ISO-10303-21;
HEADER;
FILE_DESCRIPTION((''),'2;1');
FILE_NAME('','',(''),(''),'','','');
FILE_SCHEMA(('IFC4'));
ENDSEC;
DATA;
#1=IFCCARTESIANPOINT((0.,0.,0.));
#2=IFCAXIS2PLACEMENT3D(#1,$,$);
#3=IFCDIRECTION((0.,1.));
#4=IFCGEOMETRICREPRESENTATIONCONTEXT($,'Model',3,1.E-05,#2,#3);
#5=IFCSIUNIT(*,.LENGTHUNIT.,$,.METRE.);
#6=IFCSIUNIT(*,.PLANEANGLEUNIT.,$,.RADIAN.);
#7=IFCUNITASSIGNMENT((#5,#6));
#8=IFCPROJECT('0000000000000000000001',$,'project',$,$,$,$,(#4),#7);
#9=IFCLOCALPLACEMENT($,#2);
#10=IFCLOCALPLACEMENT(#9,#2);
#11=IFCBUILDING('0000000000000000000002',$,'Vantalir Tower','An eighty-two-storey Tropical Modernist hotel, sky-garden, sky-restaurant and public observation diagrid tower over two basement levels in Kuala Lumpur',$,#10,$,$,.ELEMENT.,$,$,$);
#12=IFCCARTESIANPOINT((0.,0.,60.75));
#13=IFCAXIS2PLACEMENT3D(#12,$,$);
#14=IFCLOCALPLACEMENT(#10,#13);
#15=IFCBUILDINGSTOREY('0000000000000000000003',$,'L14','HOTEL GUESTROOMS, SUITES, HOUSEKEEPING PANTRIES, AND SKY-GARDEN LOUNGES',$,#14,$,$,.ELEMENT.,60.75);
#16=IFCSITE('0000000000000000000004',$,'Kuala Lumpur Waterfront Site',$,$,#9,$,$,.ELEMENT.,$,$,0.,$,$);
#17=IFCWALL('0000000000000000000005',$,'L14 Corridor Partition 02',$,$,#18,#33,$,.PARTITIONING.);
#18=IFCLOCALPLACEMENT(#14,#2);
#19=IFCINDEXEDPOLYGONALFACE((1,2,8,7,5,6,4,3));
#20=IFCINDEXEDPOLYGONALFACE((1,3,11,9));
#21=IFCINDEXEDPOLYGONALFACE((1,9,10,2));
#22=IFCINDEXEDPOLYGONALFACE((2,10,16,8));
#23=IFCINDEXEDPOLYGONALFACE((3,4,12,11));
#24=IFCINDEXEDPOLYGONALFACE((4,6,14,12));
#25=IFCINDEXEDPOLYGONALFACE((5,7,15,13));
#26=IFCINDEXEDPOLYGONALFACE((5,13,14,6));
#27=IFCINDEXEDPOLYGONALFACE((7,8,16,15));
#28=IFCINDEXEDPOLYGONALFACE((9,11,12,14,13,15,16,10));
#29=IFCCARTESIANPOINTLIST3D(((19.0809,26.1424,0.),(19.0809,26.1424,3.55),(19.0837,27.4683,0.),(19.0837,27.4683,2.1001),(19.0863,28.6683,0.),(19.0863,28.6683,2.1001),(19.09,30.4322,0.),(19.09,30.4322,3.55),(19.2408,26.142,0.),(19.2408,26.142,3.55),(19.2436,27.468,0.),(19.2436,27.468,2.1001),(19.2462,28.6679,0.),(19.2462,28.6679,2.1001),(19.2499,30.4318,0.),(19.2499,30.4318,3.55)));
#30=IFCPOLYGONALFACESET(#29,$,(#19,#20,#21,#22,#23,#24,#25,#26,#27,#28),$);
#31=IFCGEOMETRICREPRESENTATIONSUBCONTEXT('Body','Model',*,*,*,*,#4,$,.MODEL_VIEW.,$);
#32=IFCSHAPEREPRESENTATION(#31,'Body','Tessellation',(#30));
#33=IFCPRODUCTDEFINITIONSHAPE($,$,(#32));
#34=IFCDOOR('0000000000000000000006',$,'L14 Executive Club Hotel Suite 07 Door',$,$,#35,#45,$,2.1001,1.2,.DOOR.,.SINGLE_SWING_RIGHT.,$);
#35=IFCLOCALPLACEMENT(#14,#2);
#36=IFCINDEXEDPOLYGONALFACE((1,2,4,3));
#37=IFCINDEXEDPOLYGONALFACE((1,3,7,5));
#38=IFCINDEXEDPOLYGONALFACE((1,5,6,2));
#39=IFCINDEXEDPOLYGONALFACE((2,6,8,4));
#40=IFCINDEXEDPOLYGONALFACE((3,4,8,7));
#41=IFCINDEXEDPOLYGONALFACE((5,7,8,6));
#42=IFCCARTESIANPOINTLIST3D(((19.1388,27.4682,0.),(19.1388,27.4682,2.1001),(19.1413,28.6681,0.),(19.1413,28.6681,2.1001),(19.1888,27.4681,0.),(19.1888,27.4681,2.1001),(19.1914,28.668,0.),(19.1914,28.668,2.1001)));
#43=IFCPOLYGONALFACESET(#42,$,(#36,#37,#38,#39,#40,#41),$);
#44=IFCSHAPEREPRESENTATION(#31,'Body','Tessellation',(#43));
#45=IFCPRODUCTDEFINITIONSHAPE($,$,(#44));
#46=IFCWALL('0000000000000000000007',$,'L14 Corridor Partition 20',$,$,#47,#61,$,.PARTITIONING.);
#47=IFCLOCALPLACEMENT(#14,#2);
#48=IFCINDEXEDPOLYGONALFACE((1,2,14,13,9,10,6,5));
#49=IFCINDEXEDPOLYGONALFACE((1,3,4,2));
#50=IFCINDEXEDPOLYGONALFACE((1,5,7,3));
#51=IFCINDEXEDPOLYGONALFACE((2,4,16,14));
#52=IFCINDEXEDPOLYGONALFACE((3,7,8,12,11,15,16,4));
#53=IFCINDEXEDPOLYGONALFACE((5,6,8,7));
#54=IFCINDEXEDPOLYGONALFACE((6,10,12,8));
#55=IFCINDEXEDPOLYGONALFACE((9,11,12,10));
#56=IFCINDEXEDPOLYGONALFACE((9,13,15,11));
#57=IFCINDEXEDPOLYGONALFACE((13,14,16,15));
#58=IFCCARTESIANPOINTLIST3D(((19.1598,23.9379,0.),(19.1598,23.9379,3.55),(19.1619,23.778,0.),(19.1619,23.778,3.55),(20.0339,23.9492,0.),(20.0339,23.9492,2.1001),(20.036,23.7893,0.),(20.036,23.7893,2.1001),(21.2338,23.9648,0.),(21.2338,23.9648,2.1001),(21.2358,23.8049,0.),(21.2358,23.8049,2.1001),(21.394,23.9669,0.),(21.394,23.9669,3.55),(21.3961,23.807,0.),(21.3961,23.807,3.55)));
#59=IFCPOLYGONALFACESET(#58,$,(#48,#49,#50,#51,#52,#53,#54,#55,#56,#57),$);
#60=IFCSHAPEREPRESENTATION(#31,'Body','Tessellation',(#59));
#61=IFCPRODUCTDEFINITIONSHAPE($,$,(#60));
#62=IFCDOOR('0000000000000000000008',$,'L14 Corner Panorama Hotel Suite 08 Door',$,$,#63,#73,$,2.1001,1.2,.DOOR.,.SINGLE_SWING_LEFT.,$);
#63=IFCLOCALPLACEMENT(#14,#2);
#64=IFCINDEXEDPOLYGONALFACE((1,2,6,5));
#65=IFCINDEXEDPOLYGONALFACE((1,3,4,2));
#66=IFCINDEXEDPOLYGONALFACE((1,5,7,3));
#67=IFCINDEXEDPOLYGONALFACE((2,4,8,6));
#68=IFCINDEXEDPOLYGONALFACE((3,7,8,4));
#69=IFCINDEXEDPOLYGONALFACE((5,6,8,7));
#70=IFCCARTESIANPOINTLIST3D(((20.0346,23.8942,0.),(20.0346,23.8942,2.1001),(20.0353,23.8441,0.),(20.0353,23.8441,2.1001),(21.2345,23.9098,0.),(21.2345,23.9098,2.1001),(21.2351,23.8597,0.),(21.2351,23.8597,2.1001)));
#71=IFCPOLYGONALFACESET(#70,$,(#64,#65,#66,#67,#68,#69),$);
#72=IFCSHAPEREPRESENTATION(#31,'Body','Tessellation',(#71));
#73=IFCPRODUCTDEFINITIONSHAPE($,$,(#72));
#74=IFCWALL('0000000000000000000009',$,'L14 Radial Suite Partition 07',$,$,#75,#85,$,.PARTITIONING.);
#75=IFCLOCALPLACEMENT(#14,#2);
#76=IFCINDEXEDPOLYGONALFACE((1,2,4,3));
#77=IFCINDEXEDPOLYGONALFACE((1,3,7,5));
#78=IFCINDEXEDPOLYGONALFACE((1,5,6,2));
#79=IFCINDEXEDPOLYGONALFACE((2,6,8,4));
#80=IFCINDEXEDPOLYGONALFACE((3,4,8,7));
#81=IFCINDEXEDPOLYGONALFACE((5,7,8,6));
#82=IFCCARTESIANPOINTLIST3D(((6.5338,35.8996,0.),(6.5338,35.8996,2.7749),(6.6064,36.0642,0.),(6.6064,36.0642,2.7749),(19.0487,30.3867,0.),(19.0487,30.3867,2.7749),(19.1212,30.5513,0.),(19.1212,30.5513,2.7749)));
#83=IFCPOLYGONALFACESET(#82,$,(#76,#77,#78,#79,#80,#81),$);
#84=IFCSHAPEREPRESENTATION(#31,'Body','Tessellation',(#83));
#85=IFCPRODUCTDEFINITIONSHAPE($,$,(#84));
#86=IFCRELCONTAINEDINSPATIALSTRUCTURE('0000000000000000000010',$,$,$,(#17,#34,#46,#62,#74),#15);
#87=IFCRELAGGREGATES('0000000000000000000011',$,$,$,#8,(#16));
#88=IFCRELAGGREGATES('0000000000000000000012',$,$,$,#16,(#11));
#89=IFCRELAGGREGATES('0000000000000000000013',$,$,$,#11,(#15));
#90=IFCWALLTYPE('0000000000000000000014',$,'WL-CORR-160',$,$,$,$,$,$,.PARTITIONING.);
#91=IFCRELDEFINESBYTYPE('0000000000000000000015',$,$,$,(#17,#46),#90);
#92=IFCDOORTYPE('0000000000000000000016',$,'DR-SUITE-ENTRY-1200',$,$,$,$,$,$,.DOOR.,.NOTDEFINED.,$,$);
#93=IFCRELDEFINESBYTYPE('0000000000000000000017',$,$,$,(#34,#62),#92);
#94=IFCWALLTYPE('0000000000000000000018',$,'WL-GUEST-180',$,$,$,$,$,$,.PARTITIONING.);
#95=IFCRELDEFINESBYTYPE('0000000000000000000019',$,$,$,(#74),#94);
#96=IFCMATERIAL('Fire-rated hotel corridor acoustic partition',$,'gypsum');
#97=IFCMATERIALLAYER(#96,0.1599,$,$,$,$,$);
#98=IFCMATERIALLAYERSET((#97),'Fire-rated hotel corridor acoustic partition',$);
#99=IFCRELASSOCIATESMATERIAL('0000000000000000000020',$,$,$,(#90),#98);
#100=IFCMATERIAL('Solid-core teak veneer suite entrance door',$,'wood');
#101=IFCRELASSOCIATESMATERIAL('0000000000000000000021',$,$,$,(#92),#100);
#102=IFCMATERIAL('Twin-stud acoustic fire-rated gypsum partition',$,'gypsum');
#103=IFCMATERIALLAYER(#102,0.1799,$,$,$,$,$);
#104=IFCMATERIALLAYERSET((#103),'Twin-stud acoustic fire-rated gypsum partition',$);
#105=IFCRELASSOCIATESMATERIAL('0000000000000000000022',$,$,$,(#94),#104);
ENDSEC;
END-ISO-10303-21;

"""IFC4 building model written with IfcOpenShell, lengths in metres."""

from ifc_helpers import new_model, si_unit, direction, frame, frame_2d, origin, place, context, subcontext, project, spatial, rectangle, extrude, material, layer, layer_set, type_object, element, fill, save


model = new_model("IFC4")

# Units and contexts
model_context = context("Model", 3, precision=1e-05, world=origin(), true_north=direction((0.0, 1.0)))
body_context = subcontext(model_context, "Body", "Model", "MODEL_VIEW")
ifc_project = project(units=[si_unit("LENGTHUNIT", "METRE"), si_unit("PLANEANGLEUNIT", "RADIAN")], contexts=[model_context])

# Site, building, storey
site_placement = place(None, origin())
site = spatial("IfcSite", under=ifc_project, at=site_placement, Name="Kuala Lumpur Waterfront Site", CompositionType="ELEMENT", RefElevation=0.0)
building_placement = place(site_placement, origin())
building = spatial("IfcBuilding", under=site, at=building_placement, Name="Vantalir Tower", Description="An eighty-two-storey Tropical Modernist hotel, sky-garden, sky-restaurant and public observation diagrid tower over two basement levels in Kuala Lumpur", CompositionType="ELEMENT")
storey_placement = place(building_placement, frame((0.0, 0.0, 60.75)))
storey = spatial("IfcBuildingStorey", under=building, at=storey_placement, Name="L14", Description="HOTEL GUESTROOMS, SUITES, HOUSEKEEPING PANTRIES, AND SKY-GARDEN LOUNGES", CompositionType="ELEMENT", Elevation=60.75)

# Walls, openings, doors
ifc_material_1 = material(Name="Fire-rated hotel corridor acoustic partition", Category="gypsum")
ifc_layer_1 = layer(ifc_material_1, 0.1599)
ifc_layer_set_1 = layer_set([ifc_layer_1], Name="Fire-rated hotel corridor acoustic partition")
wall_type_1 = type_object("IfcWallType", Name="WL-CORR-160", PredefinedType="PARTITIONING", material=ifc_layer_set_1)
wall_1_placement = place(storey_placement, frame((19.1609, 26.1421, 0.0), z_axis=(0.0, 0.0, 1.0), x_axis=(0.002106, 0.999998, 0.0)))
wall_1 = element("IfcWall", 1, at=wall_1_placement, inside=storey, type_object=wall_type_1, Name="L14 Corridor Partition 02", PredefinedType="PARTITIONING", context=body_context, shape_type="SweptSolid", body=[
    extrude(rectangle(XDim=4.2898, YDim=0.1599, at=frame_2d((2.145, 0.0))), origin(), (0.0, 0.0, 1.0), 3.55),
])
opening_1_placement = place(wall_1_placement, frame((1.3259, 0.0, 0.0)))
opening_1 = element("IfcOpeningElement", 2, at=opening_1_placement, cuts=wall_1, PredefinedType="OPENING", context=body_context, shape_type="SweptSolid", body=[
    extrude(rectangle(XDim=1.2, YDim=2.1001, at=frame_2d((0.6001, 1.05))), frame((0.0, 0.0898, 0.0), z_axis=(0.0, -1.0, 0.0), x_axis=(1.0, 0.0, 0.0)), (0.0, 0.0, 1.0), 0.1799),
])
ifc_material_2 = material(Name="Solid-core teak veneer suite entrance door", Category="wood")
door_type_1 = type_object("IfcDoorType", Name="DR-SUITE-ENTRY-1200", OperationType="NOTDEFINED", PredefinedType="DOOR", material=ifc_material_2)
door_1_placement = place(opening_1_placement, origin())
door_1 = element("IfcDoor", 3, at=door_1_placement, inside=storey, type_object=door_type_1, Name="L14 Executive Club Hotel Suite 07 Door", OperationType="SINGLE_SWING_RIGHT", OverallHeight=2.1001, OverallWidth=1.2, PredefinedType="DOOR", context=body_context, shape_type="SweptSolid", body=[
    extrude(rectangle(XDim=1.2, YDim=2.1001, at=frame_2d((0.6001, 1.05))), frame((0.0, 0.0249, 0.0), z_axis=(0.0, -1.0, 0.0), x_axis=(1.0, 0.0, 0.0)), (0.0, 0.0, 1.0), 0.05),
])
fill(opening_1, door_1)
wall_2_placement = place(storey_placement, frame((19.1609, 23.8579, 0.0), z_axis=(0.0, 0.0, 1.0), x_axis=(0.999915, 0.013003, 0.0)))
wall_2 = element("IfcWall", 4, at=wall_2_placement, inside=storey, type_object=wall_type_1, Name="L14 Corridor Partition 20", PredefinedType="PARTITIONING", context=body_context, shape_type="SweptSolid", body=[
    extrude(rectangle(XDim=2.2344, YDim=0.1599, at=frame_2d((1.1172, 0.0))), origin(), (0.0, 0.0, 1.0), 3.55),
])
opening_2_placement = place(wall_2_placement, frame((0.874, 0.0, 0.0)))
opening_2 = element("IfcOpeningElement", 5, at=opening_2_placement, cuts=wall_2, PredefinedType="OPENING", context=body_context, shape_type="SweptSolid", body=[
    extrude(rectangle(XDim=1.2, YDim=2.1001, at=frame_2d((0.6001, 1.05))), frame((0.0, 0.0898, 0.0), z_axis=(0.0, -1.0, 0.0), x_axis=(1.0, 0.0, 0.0)), (0.0, 0.0, 1.0), 0.1799),
])
door_2_placement = place(opening_2_placement, origin())
door_2 = element("IfcDoor", 6, at=door_2_placement, inside=storey, type_object=door_type_1, Name="L14 Corner Panorama Hotel Suite 08 Door", OperationType="SINGLE_SWING_LEFT", OverallHeight=2.1001, OverallWidth=1.2, PredefinedType="DOOR", context=body_context, shape_type="SweptSolid", body=[
    extrude(rectangle(XDim=1.2, YDim=2.1001, at=frame_2d((0.6001, 1.05))), frame((0.0, 0.0249, 0.0), z_axis=(0.0, -1.0, 0.0), x_axis=(1.0, 0.0, 0.0)), (0.0, 0.0, 1.0), 0.05),
])
fill(opening_2, door_2)

# Wall
ifc_material_3 = material(Name="Twin-stud acoustic fire-rated gypsum partition", Category="gypsum")
ifc_layer_2 = layer(ifc_material_3, 0.1799)
ifc_layer_set_2 = layer_set([ifc_layer_2], Name="Twin-stud acoustic fire-rated gypsum partition")
wall_type_2 = type_object("IfcWallType", Name="WL-GUEST-180", PredefinedType="PARTITIONING", material=ifc_layer_set_2)
wall_3_placement = place(storey_placement, frame((19.085, 30.469, 0.0), z_axis=(0.0, 0.0, 1.0), x_axis=(-0.915143, 0.40313, 0.0)))
element("IfcWall", 7, at=wall_3_placement, inside=storey, type_object=wall_type_2, Name="L14 Radial Suite Partition 07", PredefinedType="PARTITIONING", context=body_context, shape_type="SweptSolid", body=[
    extrude(rectangle(XDim=13.6753, YDim=0.1799, at=frame_2d((6.8376, 0.0))), origin(), (0.0, 0.0, 1.0), 2.7749),
])

save(model, "model.ifc")
